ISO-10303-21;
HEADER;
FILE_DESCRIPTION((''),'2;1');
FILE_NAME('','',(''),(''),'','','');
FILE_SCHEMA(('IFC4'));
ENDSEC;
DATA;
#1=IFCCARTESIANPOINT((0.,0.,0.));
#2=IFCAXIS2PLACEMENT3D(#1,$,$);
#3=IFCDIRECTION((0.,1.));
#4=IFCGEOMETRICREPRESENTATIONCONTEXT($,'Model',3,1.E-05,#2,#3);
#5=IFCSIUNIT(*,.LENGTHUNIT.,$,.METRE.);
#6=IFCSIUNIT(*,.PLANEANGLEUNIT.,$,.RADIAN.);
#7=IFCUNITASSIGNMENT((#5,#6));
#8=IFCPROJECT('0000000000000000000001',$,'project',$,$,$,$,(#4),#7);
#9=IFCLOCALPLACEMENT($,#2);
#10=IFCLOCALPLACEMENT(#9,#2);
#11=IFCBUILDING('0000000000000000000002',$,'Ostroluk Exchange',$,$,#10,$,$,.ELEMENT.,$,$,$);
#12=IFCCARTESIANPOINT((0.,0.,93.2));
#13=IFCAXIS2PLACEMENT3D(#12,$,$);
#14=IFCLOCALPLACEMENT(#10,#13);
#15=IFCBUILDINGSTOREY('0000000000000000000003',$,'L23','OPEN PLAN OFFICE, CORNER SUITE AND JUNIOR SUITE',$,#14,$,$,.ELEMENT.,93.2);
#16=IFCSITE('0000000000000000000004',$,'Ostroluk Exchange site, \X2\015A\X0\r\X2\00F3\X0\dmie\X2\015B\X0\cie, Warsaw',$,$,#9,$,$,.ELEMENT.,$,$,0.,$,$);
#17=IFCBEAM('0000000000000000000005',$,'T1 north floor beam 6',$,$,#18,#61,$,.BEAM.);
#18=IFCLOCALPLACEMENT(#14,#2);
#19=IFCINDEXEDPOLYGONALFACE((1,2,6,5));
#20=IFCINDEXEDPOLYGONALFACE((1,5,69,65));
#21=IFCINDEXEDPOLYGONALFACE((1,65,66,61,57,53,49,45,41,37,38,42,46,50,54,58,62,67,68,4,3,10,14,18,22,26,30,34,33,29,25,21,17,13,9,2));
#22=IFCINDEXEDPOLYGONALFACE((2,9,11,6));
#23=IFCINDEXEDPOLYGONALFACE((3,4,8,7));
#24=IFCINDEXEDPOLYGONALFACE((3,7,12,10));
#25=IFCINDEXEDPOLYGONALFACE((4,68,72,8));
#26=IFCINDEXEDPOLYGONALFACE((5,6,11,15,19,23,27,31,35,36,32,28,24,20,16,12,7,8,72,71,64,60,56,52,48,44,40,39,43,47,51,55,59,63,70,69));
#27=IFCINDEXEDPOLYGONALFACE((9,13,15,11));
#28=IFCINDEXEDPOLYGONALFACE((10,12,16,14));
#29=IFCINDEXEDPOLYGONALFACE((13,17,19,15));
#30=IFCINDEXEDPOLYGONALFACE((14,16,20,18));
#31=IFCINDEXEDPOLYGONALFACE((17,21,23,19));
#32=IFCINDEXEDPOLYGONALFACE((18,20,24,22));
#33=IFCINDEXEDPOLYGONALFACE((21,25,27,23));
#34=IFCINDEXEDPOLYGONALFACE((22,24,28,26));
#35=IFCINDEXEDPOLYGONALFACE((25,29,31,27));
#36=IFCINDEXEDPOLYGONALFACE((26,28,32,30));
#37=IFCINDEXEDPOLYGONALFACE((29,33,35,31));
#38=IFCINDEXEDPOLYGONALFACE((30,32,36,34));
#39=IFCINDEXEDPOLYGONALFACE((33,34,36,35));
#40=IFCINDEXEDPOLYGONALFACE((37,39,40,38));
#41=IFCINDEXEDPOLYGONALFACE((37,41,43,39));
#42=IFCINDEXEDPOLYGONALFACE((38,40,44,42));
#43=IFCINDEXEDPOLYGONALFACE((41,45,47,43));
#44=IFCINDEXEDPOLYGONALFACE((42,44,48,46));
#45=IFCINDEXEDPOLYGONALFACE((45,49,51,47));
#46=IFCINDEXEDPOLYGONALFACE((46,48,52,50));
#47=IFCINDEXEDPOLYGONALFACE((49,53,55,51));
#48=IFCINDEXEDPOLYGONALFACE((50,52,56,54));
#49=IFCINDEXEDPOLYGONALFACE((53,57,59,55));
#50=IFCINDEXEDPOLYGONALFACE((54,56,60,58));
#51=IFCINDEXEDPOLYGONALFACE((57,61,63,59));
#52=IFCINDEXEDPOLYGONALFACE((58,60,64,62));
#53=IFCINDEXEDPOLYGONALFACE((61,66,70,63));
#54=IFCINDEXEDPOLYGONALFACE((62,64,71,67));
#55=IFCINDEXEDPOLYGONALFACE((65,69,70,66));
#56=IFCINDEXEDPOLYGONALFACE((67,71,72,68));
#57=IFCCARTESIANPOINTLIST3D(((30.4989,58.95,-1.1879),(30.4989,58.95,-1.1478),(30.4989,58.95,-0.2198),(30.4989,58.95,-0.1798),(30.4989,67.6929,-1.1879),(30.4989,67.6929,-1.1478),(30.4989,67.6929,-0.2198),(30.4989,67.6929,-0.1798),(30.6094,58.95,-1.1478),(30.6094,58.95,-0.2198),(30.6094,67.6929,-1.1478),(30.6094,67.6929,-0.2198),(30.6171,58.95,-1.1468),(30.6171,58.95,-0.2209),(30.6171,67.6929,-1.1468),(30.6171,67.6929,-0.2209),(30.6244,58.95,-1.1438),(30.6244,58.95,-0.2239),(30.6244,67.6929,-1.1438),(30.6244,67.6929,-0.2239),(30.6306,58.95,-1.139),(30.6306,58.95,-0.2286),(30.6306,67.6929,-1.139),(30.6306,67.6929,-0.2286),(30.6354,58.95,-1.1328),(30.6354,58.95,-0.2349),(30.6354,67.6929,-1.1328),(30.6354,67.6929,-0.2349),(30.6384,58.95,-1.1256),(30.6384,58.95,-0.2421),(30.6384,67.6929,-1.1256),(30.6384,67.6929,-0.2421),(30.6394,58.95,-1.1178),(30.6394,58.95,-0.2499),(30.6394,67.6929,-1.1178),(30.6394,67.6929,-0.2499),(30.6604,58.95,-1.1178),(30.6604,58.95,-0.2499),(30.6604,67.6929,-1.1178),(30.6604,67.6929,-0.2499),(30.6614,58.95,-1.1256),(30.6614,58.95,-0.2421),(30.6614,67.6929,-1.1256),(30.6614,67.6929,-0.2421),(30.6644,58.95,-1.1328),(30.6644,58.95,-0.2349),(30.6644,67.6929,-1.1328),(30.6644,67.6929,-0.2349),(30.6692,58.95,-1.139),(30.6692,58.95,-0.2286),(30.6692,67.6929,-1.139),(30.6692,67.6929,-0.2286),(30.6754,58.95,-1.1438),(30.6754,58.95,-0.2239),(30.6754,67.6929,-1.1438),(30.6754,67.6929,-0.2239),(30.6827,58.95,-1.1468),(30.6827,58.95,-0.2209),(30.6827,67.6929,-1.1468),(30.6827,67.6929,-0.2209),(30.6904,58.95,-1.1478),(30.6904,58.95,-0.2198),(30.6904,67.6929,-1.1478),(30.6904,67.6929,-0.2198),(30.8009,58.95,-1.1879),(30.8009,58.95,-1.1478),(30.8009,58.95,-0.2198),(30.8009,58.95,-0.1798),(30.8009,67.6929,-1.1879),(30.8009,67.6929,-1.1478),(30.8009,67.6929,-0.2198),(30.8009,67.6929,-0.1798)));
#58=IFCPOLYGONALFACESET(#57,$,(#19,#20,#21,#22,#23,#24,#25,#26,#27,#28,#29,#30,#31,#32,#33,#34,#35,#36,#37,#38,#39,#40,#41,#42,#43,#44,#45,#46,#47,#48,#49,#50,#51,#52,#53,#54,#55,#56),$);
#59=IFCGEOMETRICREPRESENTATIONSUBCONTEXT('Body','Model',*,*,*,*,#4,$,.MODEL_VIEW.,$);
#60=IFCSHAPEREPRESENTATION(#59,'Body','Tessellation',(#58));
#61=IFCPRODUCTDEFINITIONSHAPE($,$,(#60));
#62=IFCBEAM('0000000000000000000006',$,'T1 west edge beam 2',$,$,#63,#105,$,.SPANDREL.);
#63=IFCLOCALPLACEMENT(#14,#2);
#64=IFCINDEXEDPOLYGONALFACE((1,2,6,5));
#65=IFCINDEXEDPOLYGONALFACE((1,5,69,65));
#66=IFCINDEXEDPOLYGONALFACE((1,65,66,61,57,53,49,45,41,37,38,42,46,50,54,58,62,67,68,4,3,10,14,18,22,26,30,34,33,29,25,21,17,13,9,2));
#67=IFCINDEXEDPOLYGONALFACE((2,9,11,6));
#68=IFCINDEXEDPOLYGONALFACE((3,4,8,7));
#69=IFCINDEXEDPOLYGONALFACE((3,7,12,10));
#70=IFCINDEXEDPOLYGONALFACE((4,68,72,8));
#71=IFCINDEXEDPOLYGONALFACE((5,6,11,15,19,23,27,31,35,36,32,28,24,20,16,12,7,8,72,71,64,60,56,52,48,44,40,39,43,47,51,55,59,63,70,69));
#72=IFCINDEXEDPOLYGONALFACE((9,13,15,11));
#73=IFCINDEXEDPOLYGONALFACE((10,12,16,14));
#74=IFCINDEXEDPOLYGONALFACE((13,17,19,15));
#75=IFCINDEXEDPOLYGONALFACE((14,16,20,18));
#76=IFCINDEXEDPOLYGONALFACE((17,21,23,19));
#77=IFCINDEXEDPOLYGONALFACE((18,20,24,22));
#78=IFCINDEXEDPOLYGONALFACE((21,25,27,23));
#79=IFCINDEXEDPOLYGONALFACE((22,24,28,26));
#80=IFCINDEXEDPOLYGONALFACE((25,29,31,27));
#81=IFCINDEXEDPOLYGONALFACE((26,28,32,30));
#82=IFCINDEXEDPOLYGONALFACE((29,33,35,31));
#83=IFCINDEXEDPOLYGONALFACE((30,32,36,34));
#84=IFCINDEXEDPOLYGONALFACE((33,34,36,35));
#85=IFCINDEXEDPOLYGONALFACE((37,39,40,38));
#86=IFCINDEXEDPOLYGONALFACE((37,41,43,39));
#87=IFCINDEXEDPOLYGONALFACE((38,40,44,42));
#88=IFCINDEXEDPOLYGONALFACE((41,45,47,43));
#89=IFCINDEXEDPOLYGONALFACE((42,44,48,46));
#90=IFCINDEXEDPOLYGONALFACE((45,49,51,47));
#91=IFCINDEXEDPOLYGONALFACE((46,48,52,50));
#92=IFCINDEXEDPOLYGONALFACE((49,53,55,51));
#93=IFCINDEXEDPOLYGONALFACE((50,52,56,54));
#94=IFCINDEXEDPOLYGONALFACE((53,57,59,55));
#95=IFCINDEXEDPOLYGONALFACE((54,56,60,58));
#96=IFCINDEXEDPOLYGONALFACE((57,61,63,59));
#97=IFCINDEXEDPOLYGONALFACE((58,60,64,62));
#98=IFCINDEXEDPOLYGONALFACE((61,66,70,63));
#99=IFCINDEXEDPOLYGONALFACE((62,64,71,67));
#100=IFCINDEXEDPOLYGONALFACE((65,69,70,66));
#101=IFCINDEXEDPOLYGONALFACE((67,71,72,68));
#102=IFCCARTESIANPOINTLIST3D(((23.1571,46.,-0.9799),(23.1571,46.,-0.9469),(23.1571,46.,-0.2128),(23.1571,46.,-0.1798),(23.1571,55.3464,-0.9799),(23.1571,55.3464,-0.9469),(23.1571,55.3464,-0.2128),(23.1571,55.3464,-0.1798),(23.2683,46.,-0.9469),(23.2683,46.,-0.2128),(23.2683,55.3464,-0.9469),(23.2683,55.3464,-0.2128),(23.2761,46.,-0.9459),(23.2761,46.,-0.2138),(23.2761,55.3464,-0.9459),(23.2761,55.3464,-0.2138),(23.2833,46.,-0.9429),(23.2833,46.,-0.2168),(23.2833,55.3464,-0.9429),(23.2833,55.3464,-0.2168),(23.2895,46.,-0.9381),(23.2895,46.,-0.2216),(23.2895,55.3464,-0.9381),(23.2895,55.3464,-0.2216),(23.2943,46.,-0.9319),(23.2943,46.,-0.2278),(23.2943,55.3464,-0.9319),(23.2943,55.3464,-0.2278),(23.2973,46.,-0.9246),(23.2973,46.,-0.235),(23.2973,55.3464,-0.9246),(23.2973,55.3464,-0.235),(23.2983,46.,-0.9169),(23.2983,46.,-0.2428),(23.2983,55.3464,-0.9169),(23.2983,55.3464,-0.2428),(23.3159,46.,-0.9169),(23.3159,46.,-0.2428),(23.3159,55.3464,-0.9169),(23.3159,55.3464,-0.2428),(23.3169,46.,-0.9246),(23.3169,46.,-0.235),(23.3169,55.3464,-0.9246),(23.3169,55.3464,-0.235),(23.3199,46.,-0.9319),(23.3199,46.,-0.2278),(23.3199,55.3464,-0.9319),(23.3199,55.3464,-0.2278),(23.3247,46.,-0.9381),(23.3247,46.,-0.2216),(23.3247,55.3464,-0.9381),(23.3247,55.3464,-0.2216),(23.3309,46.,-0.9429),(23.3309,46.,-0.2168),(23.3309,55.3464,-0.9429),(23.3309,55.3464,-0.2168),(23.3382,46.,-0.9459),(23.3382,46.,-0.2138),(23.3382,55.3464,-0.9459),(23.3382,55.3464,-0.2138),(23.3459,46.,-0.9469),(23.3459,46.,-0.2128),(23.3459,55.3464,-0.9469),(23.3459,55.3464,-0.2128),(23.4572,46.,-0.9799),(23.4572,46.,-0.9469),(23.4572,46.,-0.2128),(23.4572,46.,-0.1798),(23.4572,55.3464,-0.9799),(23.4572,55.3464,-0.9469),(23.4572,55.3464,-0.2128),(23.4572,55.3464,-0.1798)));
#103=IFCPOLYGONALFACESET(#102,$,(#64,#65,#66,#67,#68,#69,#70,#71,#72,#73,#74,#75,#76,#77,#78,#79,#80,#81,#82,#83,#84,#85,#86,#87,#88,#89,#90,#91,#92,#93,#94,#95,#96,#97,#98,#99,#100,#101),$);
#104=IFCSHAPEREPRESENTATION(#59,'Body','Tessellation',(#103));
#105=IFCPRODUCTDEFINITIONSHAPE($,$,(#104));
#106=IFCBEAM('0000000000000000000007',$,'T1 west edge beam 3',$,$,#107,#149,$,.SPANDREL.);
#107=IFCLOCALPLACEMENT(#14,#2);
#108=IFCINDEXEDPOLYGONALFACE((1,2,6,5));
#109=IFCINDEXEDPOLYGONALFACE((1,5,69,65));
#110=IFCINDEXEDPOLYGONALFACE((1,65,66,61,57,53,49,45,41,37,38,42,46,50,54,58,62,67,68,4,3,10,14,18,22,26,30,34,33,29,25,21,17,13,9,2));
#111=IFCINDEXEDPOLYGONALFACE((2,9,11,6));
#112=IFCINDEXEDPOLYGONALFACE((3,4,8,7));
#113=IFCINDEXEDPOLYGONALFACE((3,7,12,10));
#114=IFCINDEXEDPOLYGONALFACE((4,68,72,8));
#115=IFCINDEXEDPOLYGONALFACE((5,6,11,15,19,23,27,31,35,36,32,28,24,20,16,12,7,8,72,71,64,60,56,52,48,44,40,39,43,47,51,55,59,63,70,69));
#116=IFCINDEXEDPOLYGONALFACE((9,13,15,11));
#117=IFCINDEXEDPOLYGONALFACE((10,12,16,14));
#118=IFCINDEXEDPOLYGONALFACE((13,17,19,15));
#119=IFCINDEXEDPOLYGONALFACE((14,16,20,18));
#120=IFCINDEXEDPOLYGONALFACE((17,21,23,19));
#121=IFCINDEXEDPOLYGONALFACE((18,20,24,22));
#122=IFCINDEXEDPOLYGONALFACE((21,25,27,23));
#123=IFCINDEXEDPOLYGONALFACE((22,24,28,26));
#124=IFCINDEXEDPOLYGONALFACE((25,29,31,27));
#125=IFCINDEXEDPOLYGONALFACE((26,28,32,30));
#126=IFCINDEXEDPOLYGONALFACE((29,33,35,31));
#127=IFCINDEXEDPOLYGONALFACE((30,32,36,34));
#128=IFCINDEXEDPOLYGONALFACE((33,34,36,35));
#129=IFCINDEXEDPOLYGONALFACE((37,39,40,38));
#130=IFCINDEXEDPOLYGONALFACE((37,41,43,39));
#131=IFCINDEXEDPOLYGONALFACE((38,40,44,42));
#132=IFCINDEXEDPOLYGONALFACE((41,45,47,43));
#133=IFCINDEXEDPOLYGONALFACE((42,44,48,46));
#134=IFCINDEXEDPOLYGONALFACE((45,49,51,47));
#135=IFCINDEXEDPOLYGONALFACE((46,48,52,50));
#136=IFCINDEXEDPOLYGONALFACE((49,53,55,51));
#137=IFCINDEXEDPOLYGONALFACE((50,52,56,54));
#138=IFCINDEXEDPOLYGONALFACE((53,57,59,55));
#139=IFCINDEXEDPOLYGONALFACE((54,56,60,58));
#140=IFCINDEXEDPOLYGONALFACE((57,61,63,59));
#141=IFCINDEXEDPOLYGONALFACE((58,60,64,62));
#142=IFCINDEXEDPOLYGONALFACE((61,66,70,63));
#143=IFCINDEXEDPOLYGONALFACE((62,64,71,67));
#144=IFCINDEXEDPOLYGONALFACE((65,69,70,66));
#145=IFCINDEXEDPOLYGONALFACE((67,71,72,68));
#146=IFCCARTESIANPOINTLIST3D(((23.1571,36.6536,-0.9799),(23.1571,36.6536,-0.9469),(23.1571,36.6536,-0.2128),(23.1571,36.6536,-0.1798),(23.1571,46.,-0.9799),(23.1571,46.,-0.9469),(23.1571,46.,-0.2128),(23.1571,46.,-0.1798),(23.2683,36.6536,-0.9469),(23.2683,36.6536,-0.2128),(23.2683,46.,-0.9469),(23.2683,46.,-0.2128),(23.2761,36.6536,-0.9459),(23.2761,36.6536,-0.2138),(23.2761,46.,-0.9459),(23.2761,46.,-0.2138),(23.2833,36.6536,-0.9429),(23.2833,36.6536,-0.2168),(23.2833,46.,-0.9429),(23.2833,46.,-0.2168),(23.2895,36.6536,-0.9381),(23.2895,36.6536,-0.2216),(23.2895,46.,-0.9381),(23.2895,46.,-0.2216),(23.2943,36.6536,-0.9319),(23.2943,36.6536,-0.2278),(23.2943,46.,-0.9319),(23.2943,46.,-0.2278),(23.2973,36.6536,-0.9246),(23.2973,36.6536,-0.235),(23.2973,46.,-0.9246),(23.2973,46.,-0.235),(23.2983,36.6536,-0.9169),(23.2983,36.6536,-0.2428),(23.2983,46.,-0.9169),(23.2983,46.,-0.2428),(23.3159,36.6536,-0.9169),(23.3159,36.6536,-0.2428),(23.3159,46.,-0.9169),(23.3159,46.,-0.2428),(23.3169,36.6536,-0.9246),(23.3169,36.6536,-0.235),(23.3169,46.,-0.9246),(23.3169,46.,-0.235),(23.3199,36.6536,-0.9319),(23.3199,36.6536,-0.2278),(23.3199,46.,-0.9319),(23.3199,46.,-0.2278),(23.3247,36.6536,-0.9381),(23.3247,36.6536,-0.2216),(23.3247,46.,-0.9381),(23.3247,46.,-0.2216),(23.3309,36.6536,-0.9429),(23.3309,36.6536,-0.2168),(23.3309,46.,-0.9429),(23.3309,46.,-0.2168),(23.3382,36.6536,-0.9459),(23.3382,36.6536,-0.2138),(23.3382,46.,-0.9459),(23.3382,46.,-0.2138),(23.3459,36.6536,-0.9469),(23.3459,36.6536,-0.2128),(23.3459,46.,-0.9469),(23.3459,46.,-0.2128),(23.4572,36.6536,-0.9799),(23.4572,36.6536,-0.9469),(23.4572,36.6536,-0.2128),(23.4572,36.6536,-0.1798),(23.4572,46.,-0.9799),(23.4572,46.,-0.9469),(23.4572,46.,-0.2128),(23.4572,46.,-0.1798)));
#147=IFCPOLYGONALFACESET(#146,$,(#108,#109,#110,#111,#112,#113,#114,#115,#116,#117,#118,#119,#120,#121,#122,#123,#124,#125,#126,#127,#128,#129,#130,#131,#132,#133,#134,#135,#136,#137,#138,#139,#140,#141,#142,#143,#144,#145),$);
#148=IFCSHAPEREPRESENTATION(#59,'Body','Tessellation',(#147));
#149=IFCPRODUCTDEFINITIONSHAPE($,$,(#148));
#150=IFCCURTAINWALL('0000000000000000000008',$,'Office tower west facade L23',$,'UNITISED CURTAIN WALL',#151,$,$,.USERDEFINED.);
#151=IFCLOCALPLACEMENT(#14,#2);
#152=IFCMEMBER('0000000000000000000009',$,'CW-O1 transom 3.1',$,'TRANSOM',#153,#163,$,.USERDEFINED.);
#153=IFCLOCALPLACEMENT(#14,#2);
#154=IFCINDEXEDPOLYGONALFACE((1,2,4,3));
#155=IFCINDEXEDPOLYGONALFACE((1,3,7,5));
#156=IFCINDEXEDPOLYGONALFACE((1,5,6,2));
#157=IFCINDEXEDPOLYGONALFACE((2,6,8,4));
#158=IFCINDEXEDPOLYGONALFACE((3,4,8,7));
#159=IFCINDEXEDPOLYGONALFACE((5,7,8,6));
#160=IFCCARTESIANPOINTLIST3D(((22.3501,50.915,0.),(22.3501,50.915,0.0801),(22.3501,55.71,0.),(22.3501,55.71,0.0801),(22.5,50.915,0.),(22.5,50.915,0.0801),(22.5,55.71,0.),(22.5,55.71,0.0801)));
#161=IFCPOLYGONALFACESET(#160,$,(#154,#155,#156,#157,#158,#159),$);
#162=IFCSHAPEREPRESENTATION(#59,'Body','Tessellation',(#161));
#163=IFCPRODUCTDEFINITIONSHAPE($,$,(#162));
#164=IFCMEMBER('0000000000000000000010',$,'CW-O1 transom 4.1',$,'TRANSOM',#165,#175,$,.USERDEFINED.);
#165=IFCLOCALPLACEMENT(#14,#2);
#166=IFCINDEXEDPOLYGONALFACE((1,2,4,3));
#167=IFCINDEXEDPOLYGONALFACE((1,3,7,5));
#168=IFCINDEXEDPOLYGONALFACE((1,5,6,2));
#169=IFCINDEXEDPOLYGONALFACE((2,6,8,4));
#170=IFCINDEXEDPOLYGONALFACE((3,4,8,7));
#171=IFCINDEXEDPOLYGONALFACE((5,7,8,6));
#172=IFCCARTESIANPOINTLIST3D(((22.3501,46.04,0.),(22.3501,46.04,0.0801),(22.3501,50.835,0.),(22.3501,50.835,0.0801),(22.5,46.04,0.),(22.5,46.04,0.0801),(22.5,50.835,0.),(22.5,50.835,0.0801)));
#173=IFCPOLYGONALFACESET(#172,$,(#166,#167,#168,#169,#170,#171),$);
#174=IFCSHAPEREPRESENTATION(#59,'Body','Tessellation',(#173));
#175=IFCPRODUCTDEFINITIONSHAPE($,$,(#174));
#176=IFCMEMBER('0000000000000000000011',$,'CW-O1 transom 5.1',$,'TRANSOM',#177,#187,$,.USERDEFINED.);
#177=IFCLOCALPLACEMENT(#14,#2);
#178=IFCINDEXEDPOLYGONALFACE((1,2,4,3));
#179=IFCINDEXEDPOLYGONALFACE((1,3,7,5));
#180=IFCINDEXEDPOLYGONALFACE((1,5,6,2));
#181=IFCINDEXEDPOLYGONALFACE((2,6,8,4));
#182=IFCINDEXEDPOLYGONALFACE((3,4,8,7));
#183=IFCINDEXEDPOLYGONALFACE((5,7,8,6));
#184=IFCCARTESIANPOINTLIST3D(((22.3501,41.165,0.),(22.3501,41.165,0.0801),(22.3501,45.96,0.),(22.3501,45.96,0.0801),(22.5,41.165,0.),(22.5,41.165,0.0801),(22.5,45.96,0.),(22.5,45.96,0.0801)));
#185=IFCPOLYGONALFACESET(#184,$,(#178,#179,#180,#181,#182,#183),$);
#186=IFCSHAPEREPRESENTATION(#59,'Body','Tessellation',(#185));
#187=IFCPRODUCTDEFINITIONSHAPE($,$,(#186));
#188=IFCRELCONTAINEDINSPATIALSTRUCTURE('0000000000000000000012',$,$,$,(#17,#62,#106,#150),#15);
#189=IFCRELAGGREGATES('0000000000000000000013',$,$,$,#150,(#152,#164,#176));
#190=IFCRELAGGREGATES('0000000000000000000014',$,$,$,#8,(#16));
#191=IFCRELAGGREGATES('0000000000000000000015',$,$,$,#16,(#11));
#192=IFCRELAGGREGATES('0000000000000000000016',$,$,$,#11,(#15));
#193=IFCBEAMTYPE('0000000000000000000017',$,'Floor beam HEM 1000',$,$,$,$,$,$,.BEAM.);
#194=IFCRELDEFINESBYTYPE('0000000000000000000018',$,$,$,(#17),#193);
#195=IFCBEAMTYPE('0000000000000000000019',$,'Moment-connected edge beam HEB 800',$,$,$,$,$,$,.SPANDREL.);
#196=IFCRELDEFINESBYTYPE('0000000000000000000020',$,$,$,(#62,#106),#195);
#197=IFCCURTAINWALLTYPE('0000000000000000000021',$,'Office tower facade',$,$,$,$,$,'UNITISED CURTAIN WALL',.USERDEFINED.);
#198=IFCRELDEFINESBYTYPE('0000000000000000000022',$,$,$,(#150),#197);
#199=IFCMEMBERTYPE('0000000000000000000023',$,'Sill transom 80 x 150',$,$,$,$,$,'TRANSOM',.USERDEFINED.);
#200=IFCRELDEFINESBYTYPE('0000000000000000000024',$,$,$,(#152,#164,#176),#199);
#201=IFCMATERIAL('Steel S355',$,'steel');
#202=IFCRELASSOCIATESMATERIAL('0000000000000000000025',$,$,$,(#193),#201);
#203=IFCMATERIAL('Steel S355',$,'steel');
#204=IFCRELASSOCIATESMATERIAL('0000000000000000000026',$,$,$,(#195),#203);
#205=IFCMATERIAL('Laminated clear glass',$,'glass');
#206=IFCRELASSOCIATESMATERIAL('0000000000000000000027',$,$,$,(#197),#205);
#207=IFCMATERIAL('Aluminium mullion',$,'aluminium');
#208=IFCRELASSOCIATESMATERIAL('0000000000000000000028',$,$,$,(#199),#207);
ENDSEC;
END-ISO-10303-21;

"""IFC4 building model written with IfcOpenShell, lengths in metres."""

from ifc_helpers import new_model, si_unit, direction, frame, origin, origin_2d, place, context, subcontext, project, spatial, rectangle, i_section, extrude, material, material_profile, profile_set, type_object, element, aggregate, save


model = new_model("IFC4")

# Units and contexts
model_context = context("Model", 3, precision=1e-05, world=origin(), true_north=direction((0.0, 1.0)))
body_context = subcontext(model_context, "Body", "Model", "MODEL_VIEW")
ifc_project = project(units=[si_unit("LENGTHUNIT", "METRE"), si_unit("PLANEANGLEUNIT", "RADIAN")], contexts=[model_context])

# Site, building, storey
site_placement = place(None, origin())
site = spatial("IfcSite", under=ifc_project, at=site_placement, Name="Ostroluk Exchange site, Śródmieście, Warsaw", CompositionType="ELEMENT", RefElevation=0.0)
building_placement = place(site_placement, origin())
building = spatial("IfcBuilding", under=site, at=building_placement, Name="Ostroluk Exchange", CompositionType="ELEMENT")
storey_placement = place(building_placement, frame((0.0, 0.0, 93.2)))
storey = spatial("IfcBuildingStorey", under=building, at=storey_placement, Name="L23", Description="OPEN PLAN OFFICE, CORNER SUITE AND JUNIOR SUITE", CompositionType="ELEMENT", Elevation=93.2)

# Beams
ifc_material_1 = material(Name="Steel S355", Category="steel")
ifc_material_profile_1 = material_profile(ifc_material_1, i_section(OverallWidth=0.302, OverallDepth=1.0081, WebThickness=0.021, FlangeThickness=0.04, FilletRadius=0.03, at=origin_2d()), Name="HEM 1000")
ifc_profile_set_1 = profile_set([ifc_material_profile_1], Name="Steel S355")
beam_type_1 = type_object("IfcBeamType", Name="Floor beam HEM 1000", PredefinedType="BEAM", material=ifc_profile_set_1)
beam_placement = place(storey_placement, frame((30.6499, 58.95, -0.6838), z_axis=(0.0, 1.0, 0.0), x_axis=(-1.0, 0.0, 0.0)))
element("IfcBeam", 1, at=beam_placement, inside=storey, type_object=beam_type_1, Name="T1 north floor beam 6", PredefinedType="BEAM", context=body_context, shape_type="SweptSolid", body=[
    extrude(i_section(OverallWidth=0.302, OverallDepth=1.0081, WebThickness=0.021, FlangeThickness=0.04, FilletRadius=0.03, at=origin_2d()), origin(), (0.0, 0.0, 1.0), 8.7429),
])
ifc_material_2 = material(Name="Steel S355", Category="steel")
ifc_material_profile_2 = material_profile(ifc_material_2, i_section(OverallWidth=0.3, OverallDepth=0.8, WebThickness=0.0176, FlangeThickness=0.033, FilletRadius=0.03, at=origin_2d()), Name="HEB 800")
ifc_profile_set_2 = profile_set([ifc_material_profile_2], Name="Steel S355")
beam_type_2 = type_object("IfcBeamType", Name="Moment-connected edge beam HEB 800", PredefinedType="SPANDREL", material=ifc_profile_set_2)
for number, where, z_axis, x_axis, name in (
    (2, (23.3071, 55.3464, -0.5798), (0.0, -1.0, 0.0), (1.0, 0.0, 0.0), "T1 west edge beam 2"),
    (3, (23.3071, 46.0, -0.5798), (0.0, -1.0, 0.0), (1.0, 0.0, 0.0), "T1 west edge beam 3"),
):
    element("IfcBeam", number, at=place(storey_placement, frame(where, z_axis=z_axis, x_axis=x_axis)), inside=storey, type_object=beam_type_2, Name=name, PredefinedType="SPANDREL", context=body_context, shape_type="SweptSolid", body=[
        extrude(i_section(OverallWidth=0.3, OverallDepth=0.8, WebThickness=0.0176, FlangeThickness=0.033, FilletRadius=0.03, at=origin_2d()), origin(), (0.0, 0.0, 1.0), 9.3464),
    ])

# Curtain wall, members
ifc_material_3 = material(Name="Laminated clear glass", Category="glass")
curtain_wall_type = type_object("IfcCurtainWallType", Name="Office tower facade", ElementType="UNITISED CURTAIN WALL", PredefinedType="USERDEFINED", material=ifc_material_3)
curtain_wall_placement = place(storey_placement, origin())
curtain_wall = element("IfcCurtainWall", 4, at=curtain_wall_placement, inside=storey, type_object=curtain_wall_type, Name="Office tower west facade L23", ObjectType="UNITISED CURTAIN WALL", PredefinedType="USERDEFINED")
ifc_material_4 = material(Name="Aluminium mullion", Category="aluminium")
ifc_material_profile_3 = material_profile(ifc_material_4, rectangle(XDim=0.1499, YDim=0.0801, at=origin_2d()), Name="Sill transom 80 x 150")
ifc_profile_set_3 = profile_set([ifc_material_profile_3], Name="Aluminium mullion")
member_type_1 = type_object("IfcMemberType", Name="Sill transom 80 x 150", ElementType="TRANSOM", PredefinedType="USERDEFINED", material=ifc_profile_set_3)
member_1_placement = place(storey_placement, frame((22.425, 55.71, 0.04), z_axis=(0.0, -1.0, 0.0), x_axis=(1.0, 0.0, 0.0)))
member_1 = element("IfcMember", 5, at=member_1_placement, type_object=member_type_1, Name="CW-O1 transom 3.1", ObjectType="TRANSOM", PredefinedType="USERDEFINED", context=body_context, shape_type="SweptSolid", body=[
    extrude(rectangle(XDim=0.1499, YDim=0.0801, at=origin_2d()), origin(), (0.0, 0.0, 1.0), 4.7949),
])
member_2_placement = place(storey_placement, frame((22.425, 50.835, 0.04), z_axis=(0.0, -1.0, 0.0), x_axis=(1.0, 0.0, 0.0)))
member_2 = element("IfcMember", 6, at=member_2_placement, type_object=member_type_1, Name="CW-O1 transom 4.1", ObjectType="TRANSOM", PredefinedType="USERDEFINED", context=body_context, shape_type="SweptSolid", body=[
    extrude(rectangle(XDim=0.1499, YDim=0.0801, at=origin_2d()), origin(), (0.0, 0.0, 1.0), 4.7949),
])
member_3_placement = place(storey_placement, frame((22.425, 45.96, 0.04), z_axis=(0.0, -1.0, 0.0), x_axis=(1.0, 0.0, 0.0)))
member_3 = element("IfcMember", 7, at=member_3_placement, type_object=member_type_1, Name="CW-O1 transom 5.1", ObjectType="TRANSOM", PredefinedType="USERDEFINED", context=body_context, shape_type="SweptSolid", body=[
    extrude(rectangle(XDim=0.1499, YDim=0.0801, at=origin_2d()), origin(), (0.0, 0.0, 1.0), 4.7949),
])
aggregate(curtain_wall, [member_1, member_2, member_3])

save(model, "model.ifc")
